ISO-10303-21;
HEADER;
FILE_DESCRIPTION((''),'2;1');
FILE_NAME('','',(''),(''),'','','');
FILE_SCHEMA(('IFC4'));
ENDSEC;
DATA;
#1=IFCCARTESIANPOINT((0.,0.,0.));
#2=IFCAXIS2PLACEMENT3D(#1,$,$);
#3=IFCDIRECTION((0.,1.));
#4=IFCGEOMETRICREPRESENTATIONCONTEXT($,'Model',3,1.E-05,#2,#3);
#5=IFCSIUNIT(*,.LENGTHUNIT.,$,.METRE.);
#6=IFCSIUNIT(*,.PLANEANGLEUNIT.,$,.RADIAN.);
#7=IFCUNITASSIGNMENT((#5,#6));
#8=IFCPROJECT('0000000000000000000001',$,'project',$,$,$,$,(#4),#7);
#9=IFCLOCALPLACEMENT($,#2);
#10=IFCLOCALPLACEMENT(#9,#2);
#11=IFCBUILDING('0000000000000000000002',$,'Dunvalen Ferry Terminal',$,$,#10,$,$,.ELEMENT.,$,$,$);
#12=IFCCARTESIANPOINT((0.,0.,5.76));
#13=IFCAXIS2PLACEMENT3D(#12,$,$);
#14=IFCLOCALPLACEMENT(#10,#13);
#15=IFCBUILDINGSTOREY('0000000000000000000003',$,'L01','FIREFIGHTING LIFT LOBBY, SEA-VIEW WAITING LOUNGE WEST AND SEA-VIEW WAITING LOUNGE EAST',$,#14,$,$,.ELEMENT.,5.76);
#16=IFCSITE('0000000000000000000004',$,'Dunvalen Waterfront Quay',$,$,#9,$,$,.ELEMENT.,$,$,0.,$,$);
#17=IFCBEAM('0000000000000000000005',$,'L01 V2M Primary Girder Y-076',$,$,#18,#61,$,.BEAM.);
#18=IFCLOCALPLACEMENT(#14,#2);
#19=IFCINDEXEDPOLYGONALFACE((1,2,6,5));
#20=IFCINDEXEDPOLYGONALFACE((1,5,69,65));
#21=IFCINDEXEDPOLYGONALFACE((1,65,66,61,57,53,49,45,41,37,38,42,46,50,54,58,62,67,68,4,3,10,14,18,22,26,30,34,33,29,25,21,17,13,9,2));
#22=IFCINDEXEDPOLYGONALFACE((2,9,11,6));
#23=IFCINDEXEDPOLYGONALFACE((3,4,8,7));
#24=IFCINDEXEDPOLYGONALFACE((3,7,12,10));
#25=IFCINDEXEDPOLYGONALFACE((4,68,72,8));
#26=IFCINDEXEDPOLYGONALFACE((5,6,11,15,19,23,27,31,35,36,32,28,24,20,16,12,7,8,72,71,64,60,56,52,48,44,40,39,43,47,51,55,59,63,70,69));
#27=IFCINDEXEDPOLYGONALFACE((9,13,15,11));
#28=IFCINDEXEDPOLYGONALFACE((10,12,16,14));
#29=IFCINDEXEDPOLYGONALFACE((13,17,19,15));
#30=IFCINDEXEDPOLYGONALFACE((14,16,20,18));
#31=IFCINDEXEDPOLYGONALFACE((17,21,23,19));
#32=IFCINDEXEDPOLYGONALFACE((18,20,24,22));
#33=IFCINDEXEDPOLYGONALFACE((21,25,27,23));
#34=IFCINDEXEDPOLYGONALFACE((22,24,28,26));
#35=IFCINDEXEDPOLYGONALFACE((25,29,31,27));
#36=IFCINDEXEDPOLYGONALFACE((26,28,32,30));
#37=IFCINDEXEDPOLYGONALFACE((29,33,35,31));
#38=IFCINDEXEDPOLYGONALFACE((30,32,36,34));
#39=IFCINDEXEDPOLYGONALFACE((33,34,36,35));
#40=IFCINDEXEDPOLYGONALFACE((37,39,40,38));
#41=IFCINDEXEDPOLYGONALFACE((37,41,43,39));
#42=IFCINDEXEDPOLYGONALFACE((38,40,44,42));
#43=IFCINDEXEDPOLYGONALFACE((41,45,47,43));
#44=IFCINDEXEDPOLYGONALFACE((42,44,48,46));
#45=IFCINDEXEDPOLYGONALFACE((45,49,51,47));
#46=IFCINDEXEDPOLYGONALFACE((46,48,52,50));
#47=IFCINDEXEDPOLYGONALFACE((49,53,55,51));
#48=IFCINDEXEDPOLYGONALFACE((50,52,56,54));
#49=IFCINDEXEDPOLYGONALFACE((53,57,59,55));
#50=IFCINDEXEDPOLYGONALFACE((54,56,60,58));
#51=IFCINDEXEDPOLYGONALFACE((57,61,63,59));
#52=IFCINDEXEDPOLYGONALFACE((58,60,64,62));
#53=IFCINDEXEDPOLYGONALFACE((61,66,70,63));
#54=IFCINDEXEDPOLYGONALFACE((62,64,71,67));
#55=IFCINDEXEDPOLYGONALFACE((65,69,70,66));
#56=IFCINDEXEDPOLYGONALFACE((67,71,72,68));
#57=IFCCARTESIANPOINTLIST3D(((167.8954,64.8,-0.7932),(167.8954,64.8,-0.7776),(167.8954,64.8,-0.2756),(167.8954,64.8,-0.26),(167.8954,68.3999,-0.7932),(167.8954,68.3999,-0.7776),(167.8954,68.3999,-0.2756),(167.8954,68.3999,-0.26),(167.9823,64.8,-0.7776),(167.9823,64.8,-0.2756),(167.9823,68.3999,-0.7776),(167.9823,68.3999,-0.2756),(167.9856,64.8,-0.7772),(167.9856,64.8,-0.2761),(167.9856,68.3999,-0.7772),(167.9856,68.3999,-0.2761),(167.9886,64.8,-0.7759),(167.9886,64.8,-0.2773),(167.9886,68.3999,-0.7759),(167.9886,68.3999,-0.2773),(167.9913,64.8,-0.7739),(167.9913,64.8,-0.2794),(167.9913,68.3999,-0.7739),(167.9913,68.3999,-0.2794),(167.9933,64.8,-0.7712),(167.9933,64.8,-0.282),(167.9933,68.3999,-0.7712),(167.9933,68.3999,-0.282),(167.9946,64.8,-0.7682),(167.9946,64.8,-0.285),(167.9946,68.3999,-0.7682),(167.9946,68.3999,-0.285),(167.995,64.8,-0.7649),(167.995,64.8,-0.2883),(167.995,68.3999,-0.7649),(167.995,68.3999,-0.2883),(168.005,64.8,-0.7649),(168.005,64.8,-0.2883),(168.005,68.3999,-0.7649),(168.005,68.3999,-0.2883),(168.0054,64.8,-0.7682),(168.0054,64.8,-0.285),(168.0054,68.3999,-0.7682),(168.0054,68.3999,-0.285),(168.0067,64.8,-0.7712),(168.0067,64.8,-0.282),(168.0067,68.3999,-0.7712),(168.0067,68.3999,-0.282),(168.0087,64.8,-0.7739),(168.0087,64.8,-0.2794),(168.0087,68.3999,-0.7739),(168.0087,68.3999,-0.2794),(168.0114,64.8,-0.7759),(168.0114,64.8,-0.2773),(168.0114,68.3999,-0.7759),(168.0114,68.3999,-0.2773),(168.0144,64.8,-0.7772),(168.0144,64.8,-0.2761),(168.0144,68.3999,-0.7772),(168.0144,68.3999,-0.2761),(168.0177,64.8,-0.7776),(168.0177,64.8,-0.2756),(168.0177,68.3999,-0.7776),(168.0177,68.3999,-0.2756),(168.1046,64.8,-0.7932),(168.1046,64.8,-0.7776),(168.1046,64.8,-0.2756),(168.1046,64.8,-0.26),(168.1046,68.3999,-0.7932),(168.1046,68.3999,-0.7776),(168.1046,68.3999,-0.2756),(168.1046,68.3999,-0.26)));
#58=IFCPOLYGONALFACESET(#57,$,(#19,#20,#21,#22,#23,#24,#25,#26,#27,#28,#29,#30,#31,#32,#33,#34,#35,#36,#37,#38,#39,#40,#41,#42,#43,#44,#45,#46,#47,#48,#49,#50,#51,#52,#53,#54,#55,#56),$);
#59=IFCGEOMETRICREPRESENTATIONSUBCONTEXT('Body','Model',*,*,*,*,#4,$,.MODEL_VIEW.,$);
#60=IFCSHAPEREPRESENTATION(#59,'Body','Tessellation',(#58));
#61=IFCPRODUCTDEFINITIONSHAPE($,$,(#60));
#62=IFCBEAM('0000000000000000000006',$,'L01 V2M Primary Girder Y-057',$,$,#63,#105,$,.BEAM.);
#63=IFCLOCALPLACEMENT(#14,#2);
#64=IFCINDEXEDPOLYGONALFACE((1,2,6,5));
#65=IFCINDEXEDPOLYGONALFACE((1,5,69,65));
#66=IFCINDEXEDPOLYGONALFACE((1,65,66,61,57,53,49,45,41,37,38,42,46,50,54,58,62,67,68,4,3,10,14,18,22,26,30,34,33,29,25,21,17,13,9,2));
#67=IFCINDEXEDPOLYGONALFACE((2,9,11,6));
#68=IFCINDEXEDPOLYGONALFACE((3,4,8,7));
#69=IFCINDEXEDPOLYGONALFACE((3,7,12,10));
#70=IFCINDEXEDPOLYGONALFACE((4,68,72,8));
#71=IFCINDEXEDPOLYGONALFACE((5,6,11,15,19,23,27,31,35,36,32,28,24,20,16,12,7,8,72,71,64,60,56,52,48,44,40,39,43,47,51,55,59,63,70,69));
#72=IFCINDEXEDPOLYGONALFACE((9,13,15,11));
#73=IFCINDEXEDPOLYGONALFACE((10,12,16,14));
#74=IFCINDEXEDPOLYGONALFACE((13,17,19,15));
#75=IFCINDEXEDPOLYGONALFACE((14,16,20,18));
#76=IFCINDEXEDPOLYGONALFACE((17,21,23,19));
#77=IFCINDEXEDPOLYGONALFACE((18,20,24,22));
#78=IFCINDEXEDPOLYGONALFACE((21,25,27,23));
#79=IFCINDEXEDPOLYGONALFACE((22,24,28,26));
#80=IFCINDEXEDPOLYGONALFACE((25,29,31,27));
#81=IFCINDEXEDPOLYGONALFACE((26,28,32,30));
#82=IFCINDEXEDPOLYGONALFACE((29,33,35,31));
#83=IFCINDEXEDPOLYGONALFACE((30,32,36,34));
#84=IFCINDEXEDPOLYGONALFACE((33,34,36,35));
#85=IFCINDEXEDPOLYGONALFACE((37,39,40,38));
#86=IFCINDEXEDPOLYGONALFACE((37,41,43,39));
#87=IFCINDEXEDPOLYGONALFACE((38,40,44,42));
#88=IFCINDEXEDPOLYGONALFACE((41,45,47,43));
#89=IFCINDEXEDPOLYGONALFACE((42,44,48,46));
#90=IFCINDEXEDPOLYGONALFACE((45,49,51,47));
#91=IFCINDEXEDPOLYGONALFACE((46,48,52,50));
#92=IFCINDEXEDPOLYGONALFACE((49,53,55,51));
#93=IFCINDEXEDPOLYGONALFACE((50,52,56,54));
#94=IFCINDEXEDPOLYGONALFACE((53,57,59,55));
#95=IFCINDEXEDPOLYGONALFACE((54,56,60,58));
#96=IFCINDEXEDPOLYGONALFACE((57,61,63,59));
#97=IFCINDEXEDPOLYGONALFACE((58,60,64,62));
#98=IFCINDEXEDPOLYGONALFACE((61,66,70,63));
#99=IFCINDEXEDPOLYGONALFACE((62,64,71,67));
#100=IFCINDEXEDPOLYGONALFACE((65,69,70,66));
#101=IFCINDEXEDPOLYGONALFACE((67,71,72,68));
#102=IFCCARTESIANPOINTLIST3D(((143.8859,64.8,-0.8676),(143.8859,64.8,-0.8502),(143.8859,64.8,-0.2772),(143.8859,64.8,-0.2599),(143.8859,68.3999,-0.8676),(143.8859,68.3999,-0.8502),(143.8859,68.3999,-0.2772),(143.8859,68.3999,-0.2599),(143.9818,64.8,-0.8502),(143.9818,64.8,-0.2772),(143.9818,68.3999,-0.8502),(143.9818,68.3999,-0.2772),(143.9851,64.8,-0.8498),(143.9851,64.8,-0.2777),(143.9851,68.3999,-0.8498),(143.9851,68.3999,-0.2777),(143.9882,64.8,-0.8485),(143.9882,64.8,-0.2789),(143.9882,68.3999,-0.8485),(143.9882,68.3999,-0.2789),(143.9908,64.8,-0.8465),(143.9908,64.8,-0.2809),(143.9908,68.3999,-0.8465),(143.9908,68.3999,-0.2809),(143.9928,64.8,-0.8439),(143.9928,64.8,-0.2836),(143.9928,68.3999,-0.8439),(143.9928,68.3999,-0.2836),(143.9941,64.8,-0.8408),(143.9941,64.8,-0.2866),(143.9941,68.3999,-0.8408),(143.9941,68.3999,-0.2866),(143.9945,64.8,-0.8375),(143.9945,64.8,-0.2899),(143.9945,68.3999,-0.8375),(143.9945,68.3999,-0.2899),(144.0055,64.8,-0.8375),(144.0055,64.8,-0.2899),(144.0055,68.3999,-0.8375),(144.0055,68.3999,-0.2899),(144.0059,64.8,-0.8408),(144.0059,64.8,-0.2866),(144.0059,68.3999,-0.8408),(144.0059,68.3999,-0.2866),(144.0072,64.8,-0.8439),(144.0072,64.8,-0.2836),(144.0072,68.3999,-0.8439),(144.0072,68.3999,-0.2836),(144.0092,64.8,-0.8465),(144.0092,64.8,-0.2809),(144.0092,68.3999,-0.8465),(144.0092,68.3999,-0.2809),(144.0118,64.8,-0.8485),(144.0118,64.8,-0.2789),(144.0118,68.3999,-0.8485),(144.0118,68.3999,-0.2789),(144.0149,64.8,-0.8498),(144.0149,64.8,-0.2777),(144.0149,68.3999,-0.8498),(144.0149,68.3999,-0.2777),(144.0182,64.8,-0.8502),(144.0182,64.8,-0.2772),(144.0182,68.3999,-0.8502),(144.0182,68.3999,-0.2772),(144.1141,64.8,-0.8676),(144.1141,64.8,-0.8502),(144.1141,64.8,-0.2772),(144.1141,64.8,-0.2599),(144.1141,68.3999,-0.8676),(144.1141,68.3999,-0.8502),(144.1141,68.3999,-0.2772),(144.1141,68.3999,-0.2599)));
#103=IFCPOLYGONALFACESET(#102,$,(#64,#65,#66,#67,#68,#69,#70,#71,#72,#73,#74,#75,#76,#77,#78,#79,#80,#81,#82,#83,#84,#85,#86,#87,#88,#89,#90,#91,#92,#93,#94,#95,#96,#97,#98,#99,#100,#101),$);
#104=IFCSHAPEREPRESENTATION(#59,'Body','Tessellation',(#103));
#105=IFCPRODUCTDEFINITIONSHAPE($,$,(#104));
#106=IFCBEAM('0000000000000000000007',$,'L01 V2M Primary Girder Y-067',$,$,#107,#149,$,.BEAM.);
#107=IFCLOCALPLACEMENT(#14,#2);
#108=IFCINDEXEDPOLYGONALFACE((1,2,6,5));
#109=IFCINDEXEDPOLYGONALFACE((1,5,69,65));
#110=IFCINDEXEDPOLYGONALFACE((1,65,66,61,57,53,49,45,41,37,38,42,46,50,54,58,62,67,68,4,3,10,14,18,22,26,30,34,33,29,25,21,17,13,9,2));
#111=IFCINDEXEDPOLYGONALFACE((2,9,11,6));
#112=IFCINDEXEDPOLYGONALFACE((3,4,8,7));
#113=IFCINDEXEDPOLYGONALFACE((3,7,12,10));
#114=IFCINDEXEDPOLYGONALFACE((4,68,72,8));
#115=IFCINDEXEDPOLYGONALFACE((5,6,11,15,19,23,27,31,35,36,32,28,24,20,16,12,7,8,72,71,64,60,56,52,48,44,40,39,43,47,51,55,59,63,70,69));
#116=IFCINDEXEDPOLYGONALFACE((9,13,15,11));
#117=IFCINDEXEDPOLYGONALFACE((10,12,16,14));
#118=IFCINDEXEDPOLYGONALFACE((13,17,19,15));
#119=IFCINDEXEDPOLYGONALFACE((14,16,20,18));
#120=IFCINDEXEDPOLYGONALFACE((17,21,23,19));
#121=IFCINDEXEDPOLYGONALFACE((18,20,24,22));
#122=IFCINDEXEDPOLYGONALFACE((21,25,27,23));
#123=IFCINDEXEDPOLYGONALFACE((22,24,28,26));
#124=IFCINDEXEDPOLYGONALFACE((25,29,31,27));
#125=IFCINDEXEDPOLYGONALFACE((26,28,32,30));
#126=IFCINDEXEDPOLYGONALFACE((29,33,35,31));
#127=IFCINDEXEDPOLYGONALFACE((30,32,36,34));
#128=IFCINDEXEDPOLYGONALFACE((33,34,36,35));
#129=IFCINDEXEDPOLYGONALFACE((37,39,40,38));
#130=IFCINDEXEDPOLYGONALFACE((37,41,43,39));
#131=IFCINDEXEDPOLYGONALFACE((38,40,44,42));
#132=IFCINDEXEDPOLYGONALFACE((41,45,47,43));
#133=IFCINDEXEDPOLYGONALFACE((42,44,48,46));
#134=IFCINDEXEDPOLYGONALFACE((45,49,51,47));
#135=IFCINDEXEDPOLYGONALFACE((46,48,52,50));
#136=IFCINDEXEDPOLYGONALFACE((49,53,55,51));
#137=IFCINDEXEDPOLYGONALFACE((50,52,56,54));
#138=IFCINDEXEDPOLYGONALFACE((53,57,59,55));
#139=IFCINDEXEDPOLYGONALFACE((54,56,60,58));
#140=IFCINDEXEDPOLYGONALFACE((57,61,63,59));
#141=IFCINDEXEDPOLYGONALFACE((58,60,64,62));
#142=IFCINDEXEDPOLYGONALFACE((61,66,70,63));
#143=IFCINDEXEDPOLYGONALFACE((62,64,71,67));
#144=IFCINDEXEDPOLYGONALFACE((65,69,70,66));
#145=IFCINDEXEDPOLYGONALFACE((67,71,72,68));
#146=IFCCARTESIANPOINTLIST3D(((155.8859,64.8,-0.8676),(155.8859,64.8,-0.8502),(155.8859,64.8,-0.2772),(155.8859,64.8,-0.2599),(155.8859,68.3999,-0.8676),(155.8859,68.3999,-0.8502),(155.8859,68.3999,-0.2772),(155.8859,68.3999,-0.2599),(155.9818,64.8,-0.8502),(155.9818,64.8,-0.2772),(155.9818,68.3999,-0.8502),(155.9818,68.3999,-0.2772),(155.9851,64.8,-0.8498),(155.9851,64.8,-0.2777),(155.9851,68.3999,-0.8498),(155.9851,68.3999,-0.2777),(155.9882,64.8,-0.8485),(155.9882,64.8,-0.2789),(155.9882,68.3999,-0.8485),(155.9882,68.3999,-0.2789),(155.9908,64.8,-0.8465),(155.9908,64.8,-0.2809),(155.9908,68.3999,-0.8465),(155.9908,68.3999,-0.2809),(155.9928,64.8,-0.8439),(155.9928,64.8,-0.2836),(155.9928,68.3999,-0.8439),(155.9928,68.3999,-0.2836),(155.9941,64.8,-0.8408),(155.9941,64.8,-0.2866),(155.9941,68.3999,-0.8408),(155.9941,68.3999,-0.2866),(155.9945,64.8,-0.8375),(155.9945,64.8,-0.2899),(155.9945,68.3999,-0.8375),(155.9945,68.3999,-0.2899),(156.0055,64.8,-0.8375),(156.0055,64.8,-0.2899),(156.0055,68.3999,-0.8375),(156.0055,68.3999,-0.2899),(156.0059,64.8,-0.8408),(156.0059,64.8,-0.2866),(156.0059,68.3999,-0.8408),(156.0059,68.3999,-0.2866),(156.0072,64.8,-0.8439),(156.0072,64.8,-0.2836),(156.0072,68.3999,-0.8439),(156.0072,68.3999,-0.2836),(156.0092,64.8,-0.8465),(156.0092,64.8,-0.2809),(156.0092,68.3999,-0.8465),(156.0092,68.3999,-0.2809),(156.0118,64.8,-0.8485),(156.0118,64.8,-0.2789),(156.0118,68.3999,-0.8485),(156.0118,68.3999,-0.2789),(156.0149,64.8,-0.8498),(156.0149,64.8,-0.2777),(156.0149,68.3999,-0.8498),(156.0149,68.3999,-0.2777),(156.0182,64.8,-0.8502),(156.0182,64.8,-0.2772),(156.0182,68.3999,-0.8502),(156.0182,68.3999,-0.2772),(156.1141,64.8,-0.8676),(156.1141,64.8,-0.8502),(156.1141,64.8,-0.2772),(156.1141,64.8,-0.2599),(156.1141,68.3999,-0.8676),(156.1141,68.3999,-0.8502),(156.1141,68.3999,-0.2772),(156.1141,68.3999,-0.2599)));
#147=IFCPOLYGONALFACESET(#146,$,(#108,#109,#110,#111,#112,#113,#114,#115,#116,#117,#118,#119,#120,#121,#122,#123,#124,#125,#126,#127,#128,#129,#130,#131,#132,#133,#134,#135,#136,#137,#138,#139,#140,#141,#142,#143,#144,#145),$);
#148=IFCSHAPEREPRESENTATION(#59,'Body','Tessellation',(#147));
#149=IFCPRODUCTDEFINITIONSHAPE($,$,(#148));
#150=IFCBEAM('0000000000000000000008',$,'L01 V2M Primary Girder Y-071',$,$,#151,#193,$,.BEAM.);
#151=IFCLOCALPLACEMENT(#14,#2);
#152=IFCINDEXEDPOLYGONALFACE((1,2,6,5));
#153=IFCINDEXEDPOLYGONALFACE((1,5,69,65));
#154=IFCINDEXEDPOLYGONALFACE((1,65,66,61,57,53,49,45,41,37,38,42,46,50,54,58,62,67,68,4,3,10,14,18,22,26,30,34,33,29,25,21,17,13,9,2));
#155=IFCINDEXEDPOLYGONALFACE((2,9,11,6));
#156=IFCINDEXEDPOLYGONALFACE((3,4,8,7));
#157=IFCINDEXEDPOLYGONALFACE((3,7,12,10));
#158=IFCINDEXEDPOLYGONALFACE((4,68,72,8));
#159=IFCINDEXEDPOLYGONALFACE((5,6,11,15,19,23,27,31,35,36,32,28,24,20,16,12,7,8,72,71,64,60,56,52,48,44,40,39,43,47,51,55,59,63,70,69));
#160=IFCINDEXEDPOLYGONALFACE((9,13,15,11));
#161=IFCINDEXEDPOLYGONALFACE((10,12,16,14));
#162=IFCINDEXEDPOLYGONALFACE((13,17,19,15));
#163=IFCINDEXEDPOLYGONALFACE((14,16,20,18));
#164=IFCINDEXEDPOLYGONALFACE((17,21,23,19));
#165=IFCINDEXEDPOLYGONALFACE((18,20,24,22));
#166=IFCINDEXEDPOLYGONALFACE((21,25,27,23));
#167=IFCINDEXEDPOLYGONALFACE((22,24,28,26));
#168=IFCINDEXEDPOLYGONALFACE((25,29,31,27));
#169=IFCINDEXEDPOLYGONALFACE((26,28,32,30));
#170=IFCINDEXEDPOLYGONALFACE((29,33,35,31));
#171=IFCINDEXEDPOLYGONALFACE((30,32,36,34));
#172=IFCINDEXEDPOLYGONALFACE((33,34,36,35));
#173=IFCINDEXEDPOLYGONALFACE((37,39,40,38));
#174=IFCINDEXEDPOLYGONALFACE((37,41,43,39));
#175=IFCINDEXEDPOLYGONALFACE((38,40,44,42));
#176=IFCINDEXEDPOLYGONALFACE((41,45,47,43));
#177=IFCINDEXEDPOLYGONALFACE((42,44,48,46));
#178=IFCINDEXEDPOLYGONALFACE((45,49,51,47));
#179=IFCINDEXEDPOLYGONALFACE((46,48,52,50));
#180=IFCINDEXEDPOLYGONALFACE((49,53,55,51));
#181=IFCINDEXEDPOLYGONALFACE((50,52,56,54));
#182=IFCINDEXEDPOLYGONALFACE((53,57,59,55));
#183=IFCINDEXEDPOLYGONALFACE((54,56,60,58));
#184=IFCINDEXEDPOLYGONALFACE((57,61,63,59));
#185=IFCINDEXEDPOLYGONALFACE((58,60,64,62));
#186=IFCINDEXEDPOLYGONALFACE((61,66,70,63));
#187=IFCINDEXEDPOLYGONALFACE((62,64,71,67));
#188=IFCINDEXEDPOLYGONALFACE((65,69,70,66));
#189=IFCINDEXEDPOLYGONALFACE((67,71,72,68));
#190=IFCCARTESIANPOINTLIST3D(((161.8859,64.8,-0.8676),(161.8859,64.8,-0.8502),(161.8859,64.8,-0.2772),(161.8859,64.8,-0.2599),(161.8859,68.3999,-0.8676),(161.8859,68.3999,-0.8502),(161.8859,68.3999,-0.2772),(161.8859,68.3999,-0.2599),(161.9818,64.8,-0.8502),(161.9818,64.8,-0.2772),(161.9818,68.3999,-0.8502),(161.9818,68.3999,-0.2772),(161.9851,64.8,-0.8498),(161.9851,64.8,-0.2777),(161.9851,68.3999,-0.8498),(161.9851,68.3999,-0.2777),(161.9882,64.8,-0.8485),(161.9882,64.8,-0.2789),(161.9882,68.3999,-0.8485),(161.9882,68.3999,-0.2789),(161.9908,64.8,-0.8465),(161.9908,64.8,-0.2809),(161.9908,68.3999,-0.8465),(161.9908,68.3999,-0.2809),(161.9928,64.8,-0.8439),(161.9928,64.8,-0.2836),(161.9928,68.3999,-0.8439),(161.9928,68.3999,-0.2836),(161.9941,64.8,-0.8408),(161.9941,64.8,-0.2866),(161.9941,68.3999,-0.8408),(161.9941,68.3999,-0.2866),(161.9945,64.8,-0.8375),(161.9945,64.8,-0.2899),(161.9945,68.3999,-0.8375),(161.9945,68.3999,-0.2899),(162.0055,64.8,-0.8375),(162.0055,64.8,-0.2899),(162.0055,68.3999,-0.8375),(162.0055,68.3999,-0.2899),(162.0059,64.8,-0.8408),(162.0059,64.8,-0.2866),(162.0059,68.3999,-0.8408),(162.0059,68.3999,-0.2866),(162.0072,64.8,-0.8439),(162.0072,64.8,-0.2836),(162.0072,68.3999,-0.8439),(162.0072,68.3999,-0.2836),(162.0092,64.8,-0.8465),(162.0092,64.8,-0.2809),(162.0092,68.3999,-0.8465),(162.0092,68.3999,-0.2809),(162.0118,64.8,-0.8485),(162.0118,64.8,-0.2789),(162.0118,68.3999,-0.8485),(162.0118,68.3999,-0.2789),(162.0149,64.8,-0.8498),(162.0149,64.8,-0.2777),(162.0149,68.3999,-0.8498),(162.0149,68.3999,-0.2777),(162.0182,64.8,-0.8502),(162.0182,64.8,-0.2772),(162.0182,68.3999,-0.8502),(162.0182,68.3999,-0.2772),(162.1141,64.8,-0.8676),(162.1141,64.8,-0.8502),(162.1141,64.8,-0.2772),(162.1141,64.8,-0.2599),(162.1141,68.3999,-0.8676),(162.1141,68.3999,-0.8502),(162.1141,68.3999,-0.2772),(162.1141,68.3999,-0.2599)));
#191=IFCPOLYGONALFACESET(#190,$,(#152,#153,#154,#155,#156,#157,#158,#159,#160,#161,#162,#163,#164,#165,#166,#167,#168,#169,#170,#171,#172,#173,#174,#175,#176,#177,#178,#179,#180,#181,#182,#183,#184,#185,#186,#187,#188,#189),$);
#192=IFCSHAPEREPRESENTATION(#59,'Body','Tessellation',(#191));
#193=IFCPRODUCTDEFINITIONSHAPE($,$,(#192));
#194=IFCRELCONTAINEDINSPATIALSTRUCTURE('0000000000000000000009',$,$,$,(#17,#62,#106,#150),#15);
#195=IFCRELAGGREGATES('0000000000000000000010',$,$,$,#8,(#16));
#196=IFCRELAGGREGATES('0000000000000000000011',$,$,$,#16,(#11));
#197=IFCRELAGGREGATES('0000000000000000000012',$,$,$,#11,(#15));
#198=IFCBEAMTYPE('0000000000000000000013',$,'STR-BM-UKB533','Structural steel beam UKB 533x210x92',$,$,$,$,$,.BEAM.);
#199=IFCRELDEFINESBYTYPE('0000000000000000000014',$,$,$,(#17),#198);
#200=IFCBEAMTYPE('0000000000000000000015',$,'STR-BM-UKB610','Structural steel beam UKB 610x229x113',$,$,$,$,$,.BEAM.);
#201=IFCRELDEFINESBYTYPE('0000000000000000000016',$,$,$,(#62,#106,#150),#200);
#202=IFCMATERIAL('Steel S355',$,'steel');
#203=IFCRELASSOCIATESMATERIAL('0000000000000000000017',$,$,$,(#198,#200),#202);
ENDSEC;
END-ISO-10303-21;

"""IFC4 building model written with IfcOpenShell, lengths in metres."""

from ifc_helpers import new_model, si_unit, direction, frame, origin, origin_2d, place, context, subcontext, project, spatial, i_section, extrude, material, material_profile, profile_set, type_object, element, save


model = new_model("IFC4")

# Units and contexts
model_context = context("Model", 3, precision=1e-05, world=origin(), true_north=direction((0.0, 1.0)))
body_context = subcontext(model_context, "Body", "Model", "MODEL_VIEW")
ifc_project = project(units=[si_unit("LENGTHUNIT", "METRE"), si_unit("PLANEANGLEUNIT", "RADIAN")], contexts=[model_context])

# Site, building, storey
site_placement = place(None, origin())
site = spatial("IfcSite", under=ifc_project, at=site_placement, Name="Dunvalen Waterfront Quay", CompositionType="ELEMENT", RefElevation=0.0)
building_placement = place(site_placement, origin())
building = spatial("IfcBuilding", under=site, at=building_placement, Name="Dunvalen Ferry Terminal", CompositionType="ELEMENT")
storey_placement = place(building_placement, frame((0.0, 0.0, 5.76)))
storey = spatial("IfcBuildingStorey", under=building, at=storey_placement, Name="L01", Description="FIREFIGHTING LIFT LOBBY, SEA-VIEW WAITING LOUNGE WEST AND SEA-VIEW WAITING LOUNGE EAST", CompositionType="ELEMENT", Elevation=5.76)

# Beams
ifc_material_1 = material(Name="Steel S355", Category="steel")
ifc_material_profile_1 = material_profile(ifc_material_1, i_section(OverallWidth=0.2092, OverallDepth=0.5332, WebThickness=0.01, FlangeThickness=0.0156, FilletRadius=0.0127, at=origin_2d()), Name="Steel S355")
ifc_profile_set_1 = profile_set([ifc_material_profile_1], Name="Steel S355")
beam_type_1 = type_object("IfcBeamType", Name="STR-BM-UKB533", Description="Structural steel beam UKB 533x210x92", PredefinedType="BEAM", material=ifc_profile_set_1)
beam_1_placement = place(storey_placement, frame((168.0, 64.8, -0.5266), z_axis=(0.0, 1.0, 0.0), x_axis=(-1.0, 0.0, 0.0)))
element("IfcBeam", 1, at=beam_1_placement, inside=storey, type_object=beam_type_1, Name="L01 V2M Primary Girder Y-076", PredefinedType="BEAM", context=body_context, shape_type="SweptSolid", body=[
    extrude(i_section(OverallWidth=0.2092, OverallDepth=0.5332, WebThickness=0.01, FlangeThickness=0.0156, FilletRadius=0.0127, at=origin_2d()), origin(), (0.0, 0.0, 1.0), 3.5999),
])
ifc_material_profile_2 = material_profile(ifc_material_1, i_section(OverallWidth=0.2283, OverallDepth=0.6077, WebThickness=0.011, FlangeThickness=0.0173, FilletRadius=0.0127, at=origin_2d()), Name="Steel S355")
ifc_profile_set_2 = profile_set([ifc_material_profile_2], Name="Steel S355")
beam_type_2 = type_object("IfcBeamType", Name="STR-BM-UKB610", Description="Structural steel beam UKB 610x229x113", PredefinedType="BEAM", material=ifc_profile_set_2)
for number, where, z_axis, x_axis, name in (
    (2, (144.0, 64.8, -0.5637), (0.0, 1.0, 0.0), (-1.0, 0.0, 0.0), "L01 V2M Primary Girder Y-057"),
    (3, (156.0, 64.8, -0.5637), (0.0, 1.0, 0.0), (-1.0, 0.0, 0.0), "L01 V2M Primary Girder Y-067"),
    (4, (162.0, 64.8, -0.5637), (0.0, 1.0, 0.0), (-1.0, 0.0, 0.0), "L01 V2M Primary Girder Y-071"),
):
    element("IfcBeam", number, at=place(storey_placement, frame(where, z_axis=z_axis, x_axis=x_axis)), inside=storey, type_object=beam_type_2, Name=name, PredefinedType="BEAM", context=body_context, shape_type="SweptSolid", body=[
        extrude(i_section(OverallWidth=0.2283, OverallDepth=0.6077, WebThickness=0.011, FlangeThickness=0.0173, FilletRadius=0.0127, at=origin_2d()), origin(), (0.0, 0.0, 1.0), 3.5999),
    ])

save(model, "model.ifc")
